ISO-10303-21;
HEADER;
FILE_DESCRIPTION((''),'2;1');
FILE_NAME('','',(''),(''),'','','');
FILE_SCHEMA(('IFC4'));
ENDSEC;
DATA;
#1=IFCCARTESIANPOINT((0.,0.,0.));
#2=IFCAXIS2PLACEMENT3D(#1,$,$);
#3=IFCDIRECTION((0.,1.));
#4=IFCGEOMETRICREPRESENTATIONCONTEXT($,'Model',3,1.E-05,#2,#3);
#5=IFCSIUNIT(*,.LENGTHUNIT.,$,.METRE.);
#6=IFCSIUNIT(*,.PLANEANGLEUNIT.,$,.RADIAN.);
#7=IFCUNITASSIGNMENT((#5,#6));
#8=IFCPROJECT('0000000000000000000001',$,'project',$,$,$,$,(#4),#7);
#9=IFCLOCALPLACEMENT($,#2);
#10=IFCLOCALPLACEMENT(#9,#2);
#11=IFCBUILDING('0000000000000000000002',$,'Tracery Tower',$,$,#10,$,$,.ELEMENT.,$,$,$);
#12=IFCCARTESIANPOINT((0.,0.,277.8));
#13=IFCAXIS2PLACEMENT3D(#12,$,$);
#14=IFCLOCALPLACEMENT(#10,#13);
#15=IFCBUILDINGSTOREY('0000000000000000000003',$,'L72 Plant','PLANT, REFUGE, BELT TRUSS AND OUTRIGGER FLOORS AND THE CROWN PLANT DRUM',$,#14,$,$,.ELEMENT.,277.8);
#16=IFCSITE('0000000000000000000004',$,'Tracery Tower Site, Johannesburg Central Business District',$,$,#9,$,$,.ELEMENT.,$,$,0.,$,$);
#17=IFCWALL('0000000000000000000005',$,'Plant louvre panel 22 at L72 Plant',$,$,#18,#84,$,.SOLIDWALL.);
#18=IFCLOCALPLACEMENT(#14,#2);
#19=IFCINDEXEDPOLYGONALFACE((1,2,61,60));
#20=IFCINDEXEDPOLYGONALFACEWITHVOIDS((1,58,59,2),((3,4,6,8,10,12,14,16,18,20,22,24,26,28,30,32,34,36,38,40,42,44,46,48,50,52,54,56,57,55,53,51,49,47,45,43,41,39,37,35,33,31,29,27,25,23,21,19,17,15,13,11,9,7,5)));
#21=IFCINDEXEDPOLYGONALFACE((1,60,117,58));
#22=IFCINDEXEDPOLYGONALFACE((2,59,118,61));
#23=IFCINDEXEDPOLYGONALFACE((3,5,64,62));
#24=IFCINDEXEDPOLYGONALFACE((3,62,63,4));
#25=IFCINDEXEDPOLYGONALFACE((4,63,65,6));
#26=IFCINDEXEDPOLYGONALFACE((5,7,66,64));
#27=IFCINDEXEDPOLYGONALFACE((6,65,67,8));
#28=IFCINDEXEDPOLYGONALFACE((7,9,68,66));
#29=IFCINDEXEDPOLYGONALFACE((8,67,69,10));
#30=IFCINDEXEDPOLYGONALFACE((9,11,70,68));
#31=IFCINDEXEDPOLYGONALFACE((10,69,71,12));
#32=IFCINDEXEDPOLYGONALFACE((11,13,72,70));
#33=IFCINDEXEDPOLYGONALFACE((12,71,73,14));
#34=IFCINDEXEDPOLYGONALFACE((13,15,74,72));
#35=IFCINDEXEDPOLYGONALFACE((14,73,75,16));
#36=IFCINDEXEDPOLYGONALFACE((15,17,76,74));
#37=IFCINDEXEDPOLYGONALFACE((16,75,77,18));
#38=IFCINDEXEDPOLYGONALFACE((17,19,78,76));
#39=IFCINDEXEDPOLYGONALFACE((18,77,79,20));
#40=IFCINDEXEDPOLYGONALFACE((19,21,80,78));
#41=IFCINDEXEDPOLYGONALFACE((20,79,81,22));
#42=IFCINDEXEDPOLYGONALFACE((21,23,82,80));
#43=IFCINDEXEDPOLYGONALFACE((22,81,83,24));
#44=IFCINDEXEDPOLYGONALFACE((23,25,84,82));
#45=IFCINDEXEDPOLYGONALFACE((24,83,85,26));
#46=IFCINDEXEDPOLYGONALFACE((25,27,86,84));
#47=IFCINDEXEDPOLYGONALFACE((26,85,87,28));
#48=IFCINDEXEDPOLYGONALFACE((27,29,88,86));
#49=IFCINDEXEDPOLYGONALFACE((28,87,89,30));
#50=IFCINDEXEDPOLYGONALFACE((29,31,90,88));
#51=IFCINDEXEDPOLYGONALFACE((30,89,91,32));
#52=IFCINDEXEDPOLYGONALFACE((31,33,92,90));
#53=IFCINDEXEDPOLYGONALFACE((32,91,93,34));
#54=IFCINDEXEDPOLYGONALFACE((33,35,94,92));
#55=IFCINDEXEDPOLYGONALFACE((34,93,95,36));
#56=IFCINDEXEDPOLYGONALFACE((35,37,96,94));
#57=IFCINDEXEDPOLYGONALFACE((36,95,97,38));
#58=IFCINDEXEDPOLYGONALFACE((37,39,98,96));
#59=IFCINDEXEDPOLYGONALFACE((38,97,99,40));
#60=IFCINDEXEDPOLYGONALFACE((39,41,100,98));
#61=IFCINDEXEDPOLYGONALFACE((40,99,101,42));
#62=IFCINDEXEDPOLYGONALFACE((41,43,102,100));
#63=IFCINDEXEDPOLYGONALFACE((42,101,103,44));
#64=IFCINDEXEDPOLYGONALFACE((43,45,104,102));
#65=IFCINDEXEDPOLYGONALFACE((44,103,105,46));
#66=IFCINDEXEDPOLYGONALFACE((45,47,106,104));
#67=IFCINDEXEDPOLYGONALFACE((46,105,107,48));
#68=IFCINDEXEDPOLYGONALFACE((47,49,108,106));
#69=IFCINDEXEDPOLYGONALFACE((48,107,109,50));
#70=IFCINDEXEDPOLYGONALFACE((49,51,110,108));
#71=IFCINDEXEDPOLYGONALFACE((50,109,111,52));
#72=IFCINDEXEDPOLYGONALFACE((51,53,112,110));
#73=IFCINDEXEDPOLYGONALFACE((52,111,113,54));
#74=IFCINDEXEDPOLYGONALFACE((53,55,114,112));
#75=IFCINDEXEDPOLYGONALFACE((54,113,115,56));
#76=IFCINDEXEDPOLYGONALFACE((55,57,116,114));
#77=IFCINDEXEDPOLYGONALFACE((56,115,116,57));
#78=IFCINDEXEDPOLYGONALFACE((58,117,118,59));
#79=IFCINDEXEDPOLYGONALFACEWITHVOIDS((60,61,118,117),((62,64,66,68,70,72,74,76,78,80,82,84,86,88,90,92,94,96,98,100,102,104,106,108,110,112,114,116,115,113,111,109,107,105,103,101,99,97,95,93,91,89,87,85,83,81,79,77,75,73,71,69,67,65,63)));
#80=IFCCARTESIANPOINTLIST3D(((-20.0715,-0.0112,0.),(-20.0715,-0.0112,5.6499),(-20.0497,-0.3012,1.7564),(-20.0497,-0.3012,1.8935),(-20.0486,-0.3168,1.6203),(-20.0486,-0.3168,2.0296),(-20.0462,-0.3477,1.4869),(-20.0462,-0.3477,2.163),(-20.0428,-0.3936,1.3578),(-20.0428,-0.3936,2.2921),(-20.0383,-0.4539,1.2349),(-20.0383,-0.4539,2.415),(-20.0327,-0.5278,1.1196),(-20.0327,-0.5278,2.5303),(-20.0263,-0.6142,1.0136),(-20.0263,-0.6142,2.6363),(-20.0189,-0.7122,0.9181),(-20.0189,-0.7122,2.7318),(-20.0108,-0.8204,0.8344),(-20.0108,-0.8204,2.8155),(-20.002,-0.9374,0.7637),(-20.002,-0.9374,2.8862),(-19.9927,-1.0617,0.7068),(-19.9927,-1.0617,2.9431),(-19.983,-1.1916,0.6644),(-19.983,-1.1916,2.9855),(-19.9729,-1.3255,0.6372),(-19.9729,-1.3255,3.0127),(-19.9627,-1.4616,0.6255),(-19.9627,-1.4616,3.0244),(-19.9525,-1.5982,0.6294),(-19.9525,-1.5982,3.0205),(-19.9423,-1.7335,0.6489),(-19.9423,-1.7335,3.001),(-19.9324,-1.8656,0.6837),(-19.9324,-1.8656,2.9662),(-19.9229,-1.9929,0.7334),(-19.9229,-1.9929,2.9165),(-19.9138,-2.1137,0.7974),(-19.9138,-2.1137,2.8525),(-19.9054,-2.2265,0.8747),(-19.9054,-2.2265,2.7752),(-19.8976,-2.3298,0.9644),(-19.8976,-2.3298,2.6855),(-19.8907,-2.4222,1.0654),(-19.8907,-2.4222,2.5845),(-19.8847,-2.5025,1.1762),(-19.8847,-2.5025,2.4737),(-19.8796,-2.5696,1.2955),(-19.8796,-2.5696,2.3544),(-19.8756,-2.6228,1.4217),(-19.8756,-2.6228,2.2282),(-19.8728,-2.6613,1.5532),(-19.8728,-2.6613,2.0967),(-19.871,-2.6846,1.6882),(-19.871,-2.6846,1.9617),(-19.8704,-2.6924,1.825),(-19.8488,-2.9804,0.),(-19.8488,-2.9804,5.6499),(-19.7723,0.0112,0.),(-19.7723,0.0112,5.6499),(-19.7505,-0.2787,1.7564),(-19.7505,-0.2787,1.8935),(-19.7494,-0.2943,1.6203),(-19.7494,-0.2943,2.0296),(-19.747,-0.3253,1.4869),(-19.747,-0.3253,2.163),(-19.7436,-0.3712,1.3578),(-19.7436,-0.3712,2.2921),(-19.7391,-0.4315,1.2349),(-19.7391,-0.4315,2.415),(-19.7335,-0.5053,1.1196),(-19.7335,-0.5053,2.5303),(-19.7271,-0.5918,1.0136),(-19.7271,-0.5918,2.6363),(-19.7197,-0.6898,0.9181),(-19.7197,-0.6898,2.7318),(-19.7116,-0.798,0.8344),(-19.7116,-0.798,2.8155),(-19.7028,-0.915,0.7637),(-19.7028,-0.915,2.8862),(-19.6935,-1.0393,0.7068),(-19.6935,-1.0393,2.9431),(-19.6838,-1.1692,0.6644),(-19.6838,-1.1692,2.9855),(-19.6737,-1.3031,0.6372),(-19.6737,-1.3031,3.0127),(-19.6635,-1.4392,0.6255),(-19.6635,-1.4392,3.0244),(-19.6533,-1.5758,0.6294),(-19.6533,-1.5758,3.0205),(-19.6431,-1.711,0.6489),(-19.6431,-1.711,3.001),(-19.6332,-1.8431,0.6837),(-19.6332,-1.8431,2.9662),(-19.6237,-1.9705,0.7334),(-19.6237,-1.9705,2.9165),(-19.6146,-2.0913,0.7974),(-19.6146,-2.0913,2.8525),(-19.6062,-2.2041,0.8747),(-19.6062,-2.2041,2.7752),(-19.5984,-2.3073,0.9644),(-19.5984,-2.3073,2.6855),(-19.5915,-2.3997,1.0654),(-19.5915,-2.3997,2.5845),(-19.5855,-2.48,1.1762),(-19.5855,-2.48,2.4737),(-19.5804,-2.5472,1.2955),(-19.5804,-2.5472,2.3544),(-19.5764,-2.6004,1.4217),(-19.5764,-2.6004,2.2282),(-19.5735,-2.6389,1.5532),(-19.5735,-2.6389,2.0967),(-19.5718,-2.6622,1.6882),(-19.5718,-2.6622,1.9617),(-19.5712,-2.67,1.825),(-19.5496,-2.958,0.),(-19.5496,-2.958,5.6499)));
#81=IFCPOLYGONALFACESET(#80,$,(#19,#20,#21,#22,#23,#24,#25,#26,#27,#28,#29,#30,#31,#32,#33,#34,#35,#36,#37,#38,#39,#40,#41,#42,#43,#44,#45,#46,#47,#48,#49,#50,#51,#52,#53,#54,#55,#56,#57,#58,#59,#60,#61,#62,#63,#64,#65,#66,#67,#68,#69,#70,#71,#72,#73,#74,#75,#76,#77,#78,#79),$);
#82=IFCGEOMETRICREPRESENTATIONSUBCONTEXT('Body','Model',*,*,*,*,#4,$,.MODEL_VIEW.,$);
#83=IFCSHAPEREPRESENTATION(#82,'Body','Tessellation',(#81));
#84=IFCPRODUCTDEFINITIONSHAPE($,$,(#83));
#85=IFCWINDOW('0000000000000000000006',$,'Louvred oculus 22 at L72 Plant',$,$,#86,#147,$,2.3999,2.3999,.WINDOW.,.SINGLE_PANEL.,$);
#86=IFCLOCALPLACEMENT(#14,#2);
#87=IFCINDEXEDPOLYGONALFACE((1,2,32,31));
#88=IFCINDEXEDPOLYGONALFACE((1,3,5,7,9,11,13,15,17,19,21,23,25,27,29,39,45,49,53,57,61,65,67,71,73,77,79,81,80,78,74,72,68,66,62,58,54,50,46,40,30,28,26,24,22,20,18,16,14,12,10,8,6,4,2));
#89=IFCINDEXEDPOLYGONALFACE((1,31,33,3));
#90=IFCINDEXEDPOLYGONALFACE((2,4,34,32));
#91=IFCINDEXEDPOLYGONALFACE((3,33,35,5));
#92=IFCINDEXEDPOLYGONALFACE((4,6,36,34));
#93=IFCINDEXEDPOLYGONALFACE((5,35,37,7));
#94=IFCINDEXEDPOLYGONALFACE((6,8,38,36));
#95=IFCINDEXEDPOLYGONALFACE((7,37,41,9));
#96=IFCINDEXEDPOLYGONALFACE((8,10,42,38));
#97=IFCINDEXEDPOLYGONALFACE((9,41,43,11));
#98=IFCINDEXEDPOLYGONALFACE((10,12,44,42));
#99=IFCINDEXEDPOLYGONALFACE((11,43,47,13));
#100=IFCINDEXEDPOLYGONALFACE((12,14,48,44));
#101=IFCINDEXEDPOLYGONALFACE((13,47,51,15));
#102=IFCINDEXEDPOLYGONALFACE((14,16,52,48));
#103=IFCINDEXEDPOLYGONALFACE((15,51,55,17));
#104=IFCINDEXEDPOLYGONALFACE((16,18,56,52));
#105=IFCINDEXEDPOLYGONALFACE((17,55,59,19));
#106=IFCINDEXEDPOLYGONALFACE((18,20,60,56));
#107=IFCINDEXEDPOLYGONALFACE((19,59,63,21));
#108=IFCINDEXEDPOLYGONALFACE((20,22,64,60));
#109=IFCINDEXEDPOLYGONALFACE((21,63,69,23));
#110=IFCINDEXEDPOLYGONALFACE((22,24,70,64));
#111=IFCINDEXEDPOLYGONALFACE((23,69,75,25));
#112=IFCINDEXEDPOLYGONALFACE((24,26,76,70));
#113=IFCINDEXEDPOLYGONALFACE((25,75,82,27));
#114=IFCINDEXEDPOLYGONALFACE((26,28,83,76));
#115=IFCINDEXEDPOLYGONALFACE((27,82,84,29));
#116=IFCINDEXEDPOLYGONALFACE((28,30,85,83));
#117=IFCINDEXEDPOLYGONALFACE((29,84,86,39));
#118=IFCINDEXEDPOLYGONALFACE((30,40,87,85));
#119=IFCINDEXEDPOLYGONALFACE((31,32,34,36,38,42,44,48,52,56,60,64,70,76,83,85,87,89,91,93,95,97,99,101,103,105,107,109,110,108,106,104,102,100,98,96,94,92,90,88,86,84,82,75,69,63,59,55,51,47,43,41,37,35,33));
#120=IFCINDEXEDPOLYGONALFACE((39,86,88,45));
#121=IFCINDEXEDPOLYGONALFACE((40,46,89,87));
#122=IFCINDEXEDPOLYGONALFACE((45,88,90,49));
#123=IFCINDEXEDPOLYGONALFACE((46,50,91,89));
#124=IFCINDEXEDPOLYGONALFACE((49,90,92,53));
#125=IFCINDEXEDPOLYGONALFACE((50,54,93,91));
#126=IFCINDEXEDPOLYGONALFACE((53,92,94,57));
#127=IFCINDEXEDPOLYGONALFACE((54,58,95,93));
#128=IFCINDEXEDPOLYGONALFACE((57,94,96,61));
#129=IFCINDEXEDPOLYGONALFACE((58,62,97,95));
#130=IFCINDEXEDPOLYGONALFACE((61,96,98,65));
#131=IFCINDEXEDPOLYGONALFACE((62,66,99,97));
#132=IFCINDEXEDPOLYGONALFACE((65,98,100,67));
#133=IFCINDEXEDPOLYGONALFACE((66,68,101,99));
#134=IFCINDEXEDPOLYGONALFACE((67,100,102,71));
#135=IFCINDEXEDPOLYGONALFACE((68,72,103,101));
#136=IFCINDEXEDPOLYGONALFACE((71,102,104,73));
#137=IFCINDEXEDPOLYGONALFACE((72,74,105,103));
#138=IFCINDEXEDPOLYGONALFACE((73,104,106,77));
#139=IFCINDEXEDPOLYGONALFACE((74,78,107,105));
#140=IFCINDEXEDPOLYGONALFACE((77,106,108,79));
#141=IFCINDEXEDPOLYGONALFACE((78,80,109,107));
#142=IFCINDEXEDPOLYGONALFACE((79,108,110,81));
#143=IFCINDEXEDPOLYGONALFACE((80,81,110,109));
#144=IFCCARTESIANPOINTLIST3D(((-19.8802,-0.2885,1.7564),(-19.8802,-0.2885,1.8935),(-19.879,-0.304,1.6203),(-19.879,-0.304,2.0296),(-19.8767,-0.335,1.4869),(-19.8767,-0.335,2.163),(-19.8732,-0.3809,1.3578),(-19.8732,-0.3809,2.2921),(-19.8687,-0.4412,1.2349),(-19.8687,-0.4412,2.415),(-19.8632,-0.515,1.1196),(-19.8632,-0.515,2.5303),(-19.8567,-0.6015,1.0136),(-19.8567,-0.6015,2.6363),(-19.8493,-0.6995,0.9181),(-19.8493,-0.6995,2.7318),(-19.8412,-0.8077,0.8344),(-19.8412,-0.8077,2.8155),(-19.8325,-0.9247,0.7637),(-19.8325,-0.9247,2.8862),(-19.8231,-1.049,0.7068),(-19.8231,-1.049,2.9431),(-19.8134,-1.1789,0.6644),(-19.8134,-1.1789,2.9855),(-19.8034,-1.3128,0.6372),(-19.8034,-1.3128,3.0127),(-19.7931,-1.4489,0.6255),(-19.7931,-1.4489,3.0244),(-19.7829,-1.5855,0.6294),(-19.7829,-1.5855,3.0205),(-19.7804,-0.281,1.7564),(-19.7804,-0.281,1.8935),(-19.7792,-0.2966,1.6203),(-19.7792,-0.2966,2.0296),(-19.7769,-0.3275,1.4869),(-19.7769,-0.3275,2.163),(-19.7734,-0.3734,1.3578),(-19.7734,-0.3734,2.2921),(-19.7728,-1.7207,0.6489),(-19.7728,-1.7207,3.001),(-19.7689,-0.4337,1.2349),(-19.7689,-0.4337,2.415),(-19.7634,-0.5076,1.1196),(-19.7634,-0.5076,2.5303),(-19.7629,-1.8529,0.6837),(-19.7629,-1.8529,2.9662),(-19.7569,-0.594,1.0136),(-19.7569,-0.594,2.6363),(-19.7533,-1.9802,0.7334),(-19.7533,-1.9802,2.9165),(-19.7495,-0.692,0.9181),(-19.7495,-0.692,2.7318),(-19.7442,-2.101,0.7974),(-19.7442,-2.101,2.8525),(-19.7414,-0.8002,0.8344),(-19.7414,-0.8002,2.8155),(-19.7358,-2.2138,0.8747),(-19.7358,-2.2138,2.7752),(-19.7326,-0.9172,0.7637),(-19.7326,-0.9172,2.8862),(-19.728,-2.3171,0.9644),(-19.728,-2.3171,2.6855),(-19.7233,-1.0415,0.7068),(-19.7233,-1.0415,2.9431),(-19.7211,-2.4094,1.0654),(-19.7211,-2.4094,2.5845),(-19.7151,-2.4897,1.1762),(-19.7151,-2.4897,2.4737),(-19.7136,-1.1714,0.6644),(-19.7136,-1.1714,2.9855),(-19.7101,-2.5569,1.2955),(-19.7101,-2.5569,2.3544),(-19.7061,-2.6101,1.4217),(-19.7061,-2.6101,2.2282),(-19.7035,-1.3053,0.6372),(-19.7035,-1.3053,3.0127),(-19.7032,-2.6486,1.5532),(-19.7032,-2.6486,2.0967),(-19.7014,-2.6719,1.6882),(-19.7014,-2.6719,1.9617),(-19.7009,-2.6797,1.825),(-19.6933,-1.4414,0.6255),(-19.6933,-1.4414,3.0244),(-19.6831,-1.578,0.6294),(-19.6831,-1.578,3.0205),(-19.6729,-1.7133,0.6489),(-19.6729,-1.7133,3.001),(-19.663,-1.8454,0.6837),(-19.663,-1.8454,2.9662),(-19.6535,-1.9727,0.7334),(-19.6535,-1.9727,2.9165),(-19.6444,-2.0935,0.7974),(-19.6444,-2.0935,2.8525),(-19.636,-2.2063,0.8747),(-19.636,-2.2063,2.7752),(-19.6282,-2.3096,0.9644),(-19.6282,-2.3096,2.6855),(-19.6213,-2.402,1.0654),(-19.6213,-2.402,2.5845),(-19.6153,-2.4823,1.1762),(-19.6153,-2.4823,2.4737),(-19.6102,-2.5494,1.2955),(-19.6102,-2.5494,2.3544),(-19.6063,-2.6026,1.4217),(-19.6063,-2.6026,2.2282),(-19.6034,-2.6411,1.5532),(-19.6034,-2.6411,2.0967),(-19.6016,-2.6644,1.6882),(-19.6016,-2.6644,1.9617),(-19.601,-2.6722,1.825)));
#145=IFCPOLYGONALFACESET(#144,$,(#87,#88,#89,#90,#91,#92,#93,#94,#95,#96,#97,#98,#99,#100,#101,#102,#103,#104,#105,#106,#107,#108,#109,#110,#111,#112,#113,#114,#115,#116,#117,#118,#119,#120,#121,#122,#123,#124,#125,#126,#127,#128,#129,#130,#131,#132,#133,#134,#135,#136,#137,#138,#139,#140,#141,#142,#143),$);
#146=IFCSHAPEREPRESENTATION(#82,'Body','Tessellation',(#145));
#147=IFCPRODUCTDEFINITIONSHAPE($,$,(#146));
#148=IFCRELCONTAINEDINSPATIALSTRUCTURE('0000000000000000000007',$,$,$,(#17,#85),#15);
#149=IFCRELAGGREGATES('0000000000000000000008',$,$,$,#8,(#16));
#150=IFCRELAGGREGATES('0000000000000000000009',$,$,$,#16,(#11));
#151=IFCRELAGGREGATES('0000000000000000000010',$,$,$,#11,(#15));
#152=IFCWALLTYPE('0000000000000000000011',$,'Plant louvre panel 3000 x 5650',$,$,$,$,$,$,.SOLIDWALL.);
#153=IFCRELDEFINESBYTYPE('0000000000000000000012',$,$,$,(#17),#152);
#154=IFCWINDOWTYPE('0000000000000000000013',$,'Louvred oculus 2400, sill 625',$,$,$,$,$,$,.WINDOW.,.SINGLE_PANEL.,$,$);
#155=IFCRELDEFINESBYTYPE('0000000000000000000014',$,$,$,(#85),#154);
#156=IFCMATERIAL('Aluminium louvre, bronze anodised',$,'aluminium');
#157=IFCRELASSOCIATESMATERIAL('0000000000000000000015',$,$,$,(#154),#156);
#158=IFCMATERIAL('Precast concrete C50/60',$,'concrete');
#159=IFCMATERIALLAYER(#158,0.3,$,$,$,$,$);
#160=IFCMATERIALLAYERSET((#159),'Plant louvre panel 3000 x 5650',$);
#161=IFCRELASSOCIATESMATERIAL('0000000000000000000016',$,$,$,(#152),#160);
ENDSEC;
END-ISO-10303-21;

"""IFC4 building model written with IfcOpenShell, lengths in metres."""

from ifc_helpers import new_model, si_unit, direction, frame, frame_2d, origin, origin_2d, place, context, subcontext, project, spatial, rectangle, circle, extrude, material, layer, layer_set, type_object, element, fill, save


model = new_model("IFC4")

# Units and contexts
model_context = context("Model", 3, precision=1e-05, world=origin(), true_north=direction((0.0, 1.0)))
body_context = subcontext(model_context, "Body", "Model", "MODEL_VIEW")
ifc_project = project(units=[si_unit("LENGTHUNIT", "METRE"), si_unit("PLANEANGLEUNIT", "RADIAN")], contexts=[model_context])

# Site, building, storey
site_placement = place(None, origin())
site = spatial("IfcSite", under=ifc_project, at=site_placement, Name="Tracery Tower Site, Johannesburg Central Business District", CompositionType="ELEMENT", RefElevation=0.0)
building_placement = place(site_placement, origin())
building = spatial("IfcBuilding", under=site, at=building_placement, Name="Tracery Tower", CompositionType="ELEMENT")
storey_placement = place(building_placement, frame((0.0, 0.0, 277.8)))
storey = spatial("IfcBuildingStorey", under=building, at=storey_placement, Name="L72 Plant", Description="PLANT, REFUGE, BELT TRUSS AND OUTRIGGER FLOORS AND THE CROWN PLANT DRUM", CompositionType="ELEMENT", Elevation=277.8)

# Wall, opening, window
ifc_material_1 = material(Name="Aluminium louvre, bronze anodised", Category="aluminium")
window_type = type_object("IfcWindowType", Name="Louvred oculus 2400, sill 625", PartitioningType="SINGLE_PANEL", PredefinedType="WINDOW", material=ifc_material_1)
ifc_material_2 = material(Name="Precast concrete C50/60", Category="concrete")
ifc_layer_1 = layer(ifc_material_2, 0.3)
ifc_layer_set_1 = layer_set([ifc_layer_1], Name="Plant louvre panel 3000 x 5650")
wall_type_1 = type_object("IfcWallType", Name="Plant louvre panel 3000 x 5650", PredefinedType="SOLIDWALL", material=ifc_layer_set_1)
wall_1_placement = place(storey_placement, frame((-19.9219, 0.0, 0.0), z_axis=(0.0, 0.0, 1.0), x_axis=(0.074778, -0.9972, 0.0)))
wall_1 = element("IfcWall", 1, at=wall_1_placement, inside=storey, type_object=wall_type_1, Name="Plant louvre panel 22 at L72 Plant", PredefinedType="SOLIDWALL", context=body_context, shape_type="SweptSolid", body=[
    extrude(rectangle(XDim=2.9775, YDim=0.3, at=frame_2d((1.4888, 0.0))), origin(), (0.0, 0.0, 1.0), 5.6499),
])
opening_1_placement = place(wall_1_placement, frame((1.4888, 0.0, 1.825)))
opening_1 = element("IfcOpeningElement", 2, at=opening_1_placement, cuts=wall_1, PredefinedType="OPENING", context=body_context, shape_type="SweptSolid", body=[
    extrude(circle(Radius=1.2, at=origin_2d()), frame((0.0, 0.1599, 0.0), z_axis=(0.0, -1.0, 0.0), x_axis=(1.0, 0.0, 0.0)), (0.0, 0.0, 1.0), 0.3201),
])
window_1_placement = place(opening_1_placement, origin())
window_1 = element("IfcWindow", 3, at=window_1_placement, inside=storey, type_object=window_type, Name="Louvred oculus 22 at L72 Plant", OverallHeight=2.3999, OverallWidth=2.3999, PartitioningType="SINGLE_PANEL", PredefinedType="WINDOW", context=body_context, shape_type="SweptSolid", body=[
    extrude(circle(Radius=1.2, at=origin_2d()), frame((0.0, 0.1201, 0.0), z_axis=(0.0, -1.0, 0.0), x_axis=(1.0, 0.0, 0.0)), (0.0, 0.0, 1.0), 0.1001),
])
fill(opening_1, window_1)

save(model, "model.ifc")
